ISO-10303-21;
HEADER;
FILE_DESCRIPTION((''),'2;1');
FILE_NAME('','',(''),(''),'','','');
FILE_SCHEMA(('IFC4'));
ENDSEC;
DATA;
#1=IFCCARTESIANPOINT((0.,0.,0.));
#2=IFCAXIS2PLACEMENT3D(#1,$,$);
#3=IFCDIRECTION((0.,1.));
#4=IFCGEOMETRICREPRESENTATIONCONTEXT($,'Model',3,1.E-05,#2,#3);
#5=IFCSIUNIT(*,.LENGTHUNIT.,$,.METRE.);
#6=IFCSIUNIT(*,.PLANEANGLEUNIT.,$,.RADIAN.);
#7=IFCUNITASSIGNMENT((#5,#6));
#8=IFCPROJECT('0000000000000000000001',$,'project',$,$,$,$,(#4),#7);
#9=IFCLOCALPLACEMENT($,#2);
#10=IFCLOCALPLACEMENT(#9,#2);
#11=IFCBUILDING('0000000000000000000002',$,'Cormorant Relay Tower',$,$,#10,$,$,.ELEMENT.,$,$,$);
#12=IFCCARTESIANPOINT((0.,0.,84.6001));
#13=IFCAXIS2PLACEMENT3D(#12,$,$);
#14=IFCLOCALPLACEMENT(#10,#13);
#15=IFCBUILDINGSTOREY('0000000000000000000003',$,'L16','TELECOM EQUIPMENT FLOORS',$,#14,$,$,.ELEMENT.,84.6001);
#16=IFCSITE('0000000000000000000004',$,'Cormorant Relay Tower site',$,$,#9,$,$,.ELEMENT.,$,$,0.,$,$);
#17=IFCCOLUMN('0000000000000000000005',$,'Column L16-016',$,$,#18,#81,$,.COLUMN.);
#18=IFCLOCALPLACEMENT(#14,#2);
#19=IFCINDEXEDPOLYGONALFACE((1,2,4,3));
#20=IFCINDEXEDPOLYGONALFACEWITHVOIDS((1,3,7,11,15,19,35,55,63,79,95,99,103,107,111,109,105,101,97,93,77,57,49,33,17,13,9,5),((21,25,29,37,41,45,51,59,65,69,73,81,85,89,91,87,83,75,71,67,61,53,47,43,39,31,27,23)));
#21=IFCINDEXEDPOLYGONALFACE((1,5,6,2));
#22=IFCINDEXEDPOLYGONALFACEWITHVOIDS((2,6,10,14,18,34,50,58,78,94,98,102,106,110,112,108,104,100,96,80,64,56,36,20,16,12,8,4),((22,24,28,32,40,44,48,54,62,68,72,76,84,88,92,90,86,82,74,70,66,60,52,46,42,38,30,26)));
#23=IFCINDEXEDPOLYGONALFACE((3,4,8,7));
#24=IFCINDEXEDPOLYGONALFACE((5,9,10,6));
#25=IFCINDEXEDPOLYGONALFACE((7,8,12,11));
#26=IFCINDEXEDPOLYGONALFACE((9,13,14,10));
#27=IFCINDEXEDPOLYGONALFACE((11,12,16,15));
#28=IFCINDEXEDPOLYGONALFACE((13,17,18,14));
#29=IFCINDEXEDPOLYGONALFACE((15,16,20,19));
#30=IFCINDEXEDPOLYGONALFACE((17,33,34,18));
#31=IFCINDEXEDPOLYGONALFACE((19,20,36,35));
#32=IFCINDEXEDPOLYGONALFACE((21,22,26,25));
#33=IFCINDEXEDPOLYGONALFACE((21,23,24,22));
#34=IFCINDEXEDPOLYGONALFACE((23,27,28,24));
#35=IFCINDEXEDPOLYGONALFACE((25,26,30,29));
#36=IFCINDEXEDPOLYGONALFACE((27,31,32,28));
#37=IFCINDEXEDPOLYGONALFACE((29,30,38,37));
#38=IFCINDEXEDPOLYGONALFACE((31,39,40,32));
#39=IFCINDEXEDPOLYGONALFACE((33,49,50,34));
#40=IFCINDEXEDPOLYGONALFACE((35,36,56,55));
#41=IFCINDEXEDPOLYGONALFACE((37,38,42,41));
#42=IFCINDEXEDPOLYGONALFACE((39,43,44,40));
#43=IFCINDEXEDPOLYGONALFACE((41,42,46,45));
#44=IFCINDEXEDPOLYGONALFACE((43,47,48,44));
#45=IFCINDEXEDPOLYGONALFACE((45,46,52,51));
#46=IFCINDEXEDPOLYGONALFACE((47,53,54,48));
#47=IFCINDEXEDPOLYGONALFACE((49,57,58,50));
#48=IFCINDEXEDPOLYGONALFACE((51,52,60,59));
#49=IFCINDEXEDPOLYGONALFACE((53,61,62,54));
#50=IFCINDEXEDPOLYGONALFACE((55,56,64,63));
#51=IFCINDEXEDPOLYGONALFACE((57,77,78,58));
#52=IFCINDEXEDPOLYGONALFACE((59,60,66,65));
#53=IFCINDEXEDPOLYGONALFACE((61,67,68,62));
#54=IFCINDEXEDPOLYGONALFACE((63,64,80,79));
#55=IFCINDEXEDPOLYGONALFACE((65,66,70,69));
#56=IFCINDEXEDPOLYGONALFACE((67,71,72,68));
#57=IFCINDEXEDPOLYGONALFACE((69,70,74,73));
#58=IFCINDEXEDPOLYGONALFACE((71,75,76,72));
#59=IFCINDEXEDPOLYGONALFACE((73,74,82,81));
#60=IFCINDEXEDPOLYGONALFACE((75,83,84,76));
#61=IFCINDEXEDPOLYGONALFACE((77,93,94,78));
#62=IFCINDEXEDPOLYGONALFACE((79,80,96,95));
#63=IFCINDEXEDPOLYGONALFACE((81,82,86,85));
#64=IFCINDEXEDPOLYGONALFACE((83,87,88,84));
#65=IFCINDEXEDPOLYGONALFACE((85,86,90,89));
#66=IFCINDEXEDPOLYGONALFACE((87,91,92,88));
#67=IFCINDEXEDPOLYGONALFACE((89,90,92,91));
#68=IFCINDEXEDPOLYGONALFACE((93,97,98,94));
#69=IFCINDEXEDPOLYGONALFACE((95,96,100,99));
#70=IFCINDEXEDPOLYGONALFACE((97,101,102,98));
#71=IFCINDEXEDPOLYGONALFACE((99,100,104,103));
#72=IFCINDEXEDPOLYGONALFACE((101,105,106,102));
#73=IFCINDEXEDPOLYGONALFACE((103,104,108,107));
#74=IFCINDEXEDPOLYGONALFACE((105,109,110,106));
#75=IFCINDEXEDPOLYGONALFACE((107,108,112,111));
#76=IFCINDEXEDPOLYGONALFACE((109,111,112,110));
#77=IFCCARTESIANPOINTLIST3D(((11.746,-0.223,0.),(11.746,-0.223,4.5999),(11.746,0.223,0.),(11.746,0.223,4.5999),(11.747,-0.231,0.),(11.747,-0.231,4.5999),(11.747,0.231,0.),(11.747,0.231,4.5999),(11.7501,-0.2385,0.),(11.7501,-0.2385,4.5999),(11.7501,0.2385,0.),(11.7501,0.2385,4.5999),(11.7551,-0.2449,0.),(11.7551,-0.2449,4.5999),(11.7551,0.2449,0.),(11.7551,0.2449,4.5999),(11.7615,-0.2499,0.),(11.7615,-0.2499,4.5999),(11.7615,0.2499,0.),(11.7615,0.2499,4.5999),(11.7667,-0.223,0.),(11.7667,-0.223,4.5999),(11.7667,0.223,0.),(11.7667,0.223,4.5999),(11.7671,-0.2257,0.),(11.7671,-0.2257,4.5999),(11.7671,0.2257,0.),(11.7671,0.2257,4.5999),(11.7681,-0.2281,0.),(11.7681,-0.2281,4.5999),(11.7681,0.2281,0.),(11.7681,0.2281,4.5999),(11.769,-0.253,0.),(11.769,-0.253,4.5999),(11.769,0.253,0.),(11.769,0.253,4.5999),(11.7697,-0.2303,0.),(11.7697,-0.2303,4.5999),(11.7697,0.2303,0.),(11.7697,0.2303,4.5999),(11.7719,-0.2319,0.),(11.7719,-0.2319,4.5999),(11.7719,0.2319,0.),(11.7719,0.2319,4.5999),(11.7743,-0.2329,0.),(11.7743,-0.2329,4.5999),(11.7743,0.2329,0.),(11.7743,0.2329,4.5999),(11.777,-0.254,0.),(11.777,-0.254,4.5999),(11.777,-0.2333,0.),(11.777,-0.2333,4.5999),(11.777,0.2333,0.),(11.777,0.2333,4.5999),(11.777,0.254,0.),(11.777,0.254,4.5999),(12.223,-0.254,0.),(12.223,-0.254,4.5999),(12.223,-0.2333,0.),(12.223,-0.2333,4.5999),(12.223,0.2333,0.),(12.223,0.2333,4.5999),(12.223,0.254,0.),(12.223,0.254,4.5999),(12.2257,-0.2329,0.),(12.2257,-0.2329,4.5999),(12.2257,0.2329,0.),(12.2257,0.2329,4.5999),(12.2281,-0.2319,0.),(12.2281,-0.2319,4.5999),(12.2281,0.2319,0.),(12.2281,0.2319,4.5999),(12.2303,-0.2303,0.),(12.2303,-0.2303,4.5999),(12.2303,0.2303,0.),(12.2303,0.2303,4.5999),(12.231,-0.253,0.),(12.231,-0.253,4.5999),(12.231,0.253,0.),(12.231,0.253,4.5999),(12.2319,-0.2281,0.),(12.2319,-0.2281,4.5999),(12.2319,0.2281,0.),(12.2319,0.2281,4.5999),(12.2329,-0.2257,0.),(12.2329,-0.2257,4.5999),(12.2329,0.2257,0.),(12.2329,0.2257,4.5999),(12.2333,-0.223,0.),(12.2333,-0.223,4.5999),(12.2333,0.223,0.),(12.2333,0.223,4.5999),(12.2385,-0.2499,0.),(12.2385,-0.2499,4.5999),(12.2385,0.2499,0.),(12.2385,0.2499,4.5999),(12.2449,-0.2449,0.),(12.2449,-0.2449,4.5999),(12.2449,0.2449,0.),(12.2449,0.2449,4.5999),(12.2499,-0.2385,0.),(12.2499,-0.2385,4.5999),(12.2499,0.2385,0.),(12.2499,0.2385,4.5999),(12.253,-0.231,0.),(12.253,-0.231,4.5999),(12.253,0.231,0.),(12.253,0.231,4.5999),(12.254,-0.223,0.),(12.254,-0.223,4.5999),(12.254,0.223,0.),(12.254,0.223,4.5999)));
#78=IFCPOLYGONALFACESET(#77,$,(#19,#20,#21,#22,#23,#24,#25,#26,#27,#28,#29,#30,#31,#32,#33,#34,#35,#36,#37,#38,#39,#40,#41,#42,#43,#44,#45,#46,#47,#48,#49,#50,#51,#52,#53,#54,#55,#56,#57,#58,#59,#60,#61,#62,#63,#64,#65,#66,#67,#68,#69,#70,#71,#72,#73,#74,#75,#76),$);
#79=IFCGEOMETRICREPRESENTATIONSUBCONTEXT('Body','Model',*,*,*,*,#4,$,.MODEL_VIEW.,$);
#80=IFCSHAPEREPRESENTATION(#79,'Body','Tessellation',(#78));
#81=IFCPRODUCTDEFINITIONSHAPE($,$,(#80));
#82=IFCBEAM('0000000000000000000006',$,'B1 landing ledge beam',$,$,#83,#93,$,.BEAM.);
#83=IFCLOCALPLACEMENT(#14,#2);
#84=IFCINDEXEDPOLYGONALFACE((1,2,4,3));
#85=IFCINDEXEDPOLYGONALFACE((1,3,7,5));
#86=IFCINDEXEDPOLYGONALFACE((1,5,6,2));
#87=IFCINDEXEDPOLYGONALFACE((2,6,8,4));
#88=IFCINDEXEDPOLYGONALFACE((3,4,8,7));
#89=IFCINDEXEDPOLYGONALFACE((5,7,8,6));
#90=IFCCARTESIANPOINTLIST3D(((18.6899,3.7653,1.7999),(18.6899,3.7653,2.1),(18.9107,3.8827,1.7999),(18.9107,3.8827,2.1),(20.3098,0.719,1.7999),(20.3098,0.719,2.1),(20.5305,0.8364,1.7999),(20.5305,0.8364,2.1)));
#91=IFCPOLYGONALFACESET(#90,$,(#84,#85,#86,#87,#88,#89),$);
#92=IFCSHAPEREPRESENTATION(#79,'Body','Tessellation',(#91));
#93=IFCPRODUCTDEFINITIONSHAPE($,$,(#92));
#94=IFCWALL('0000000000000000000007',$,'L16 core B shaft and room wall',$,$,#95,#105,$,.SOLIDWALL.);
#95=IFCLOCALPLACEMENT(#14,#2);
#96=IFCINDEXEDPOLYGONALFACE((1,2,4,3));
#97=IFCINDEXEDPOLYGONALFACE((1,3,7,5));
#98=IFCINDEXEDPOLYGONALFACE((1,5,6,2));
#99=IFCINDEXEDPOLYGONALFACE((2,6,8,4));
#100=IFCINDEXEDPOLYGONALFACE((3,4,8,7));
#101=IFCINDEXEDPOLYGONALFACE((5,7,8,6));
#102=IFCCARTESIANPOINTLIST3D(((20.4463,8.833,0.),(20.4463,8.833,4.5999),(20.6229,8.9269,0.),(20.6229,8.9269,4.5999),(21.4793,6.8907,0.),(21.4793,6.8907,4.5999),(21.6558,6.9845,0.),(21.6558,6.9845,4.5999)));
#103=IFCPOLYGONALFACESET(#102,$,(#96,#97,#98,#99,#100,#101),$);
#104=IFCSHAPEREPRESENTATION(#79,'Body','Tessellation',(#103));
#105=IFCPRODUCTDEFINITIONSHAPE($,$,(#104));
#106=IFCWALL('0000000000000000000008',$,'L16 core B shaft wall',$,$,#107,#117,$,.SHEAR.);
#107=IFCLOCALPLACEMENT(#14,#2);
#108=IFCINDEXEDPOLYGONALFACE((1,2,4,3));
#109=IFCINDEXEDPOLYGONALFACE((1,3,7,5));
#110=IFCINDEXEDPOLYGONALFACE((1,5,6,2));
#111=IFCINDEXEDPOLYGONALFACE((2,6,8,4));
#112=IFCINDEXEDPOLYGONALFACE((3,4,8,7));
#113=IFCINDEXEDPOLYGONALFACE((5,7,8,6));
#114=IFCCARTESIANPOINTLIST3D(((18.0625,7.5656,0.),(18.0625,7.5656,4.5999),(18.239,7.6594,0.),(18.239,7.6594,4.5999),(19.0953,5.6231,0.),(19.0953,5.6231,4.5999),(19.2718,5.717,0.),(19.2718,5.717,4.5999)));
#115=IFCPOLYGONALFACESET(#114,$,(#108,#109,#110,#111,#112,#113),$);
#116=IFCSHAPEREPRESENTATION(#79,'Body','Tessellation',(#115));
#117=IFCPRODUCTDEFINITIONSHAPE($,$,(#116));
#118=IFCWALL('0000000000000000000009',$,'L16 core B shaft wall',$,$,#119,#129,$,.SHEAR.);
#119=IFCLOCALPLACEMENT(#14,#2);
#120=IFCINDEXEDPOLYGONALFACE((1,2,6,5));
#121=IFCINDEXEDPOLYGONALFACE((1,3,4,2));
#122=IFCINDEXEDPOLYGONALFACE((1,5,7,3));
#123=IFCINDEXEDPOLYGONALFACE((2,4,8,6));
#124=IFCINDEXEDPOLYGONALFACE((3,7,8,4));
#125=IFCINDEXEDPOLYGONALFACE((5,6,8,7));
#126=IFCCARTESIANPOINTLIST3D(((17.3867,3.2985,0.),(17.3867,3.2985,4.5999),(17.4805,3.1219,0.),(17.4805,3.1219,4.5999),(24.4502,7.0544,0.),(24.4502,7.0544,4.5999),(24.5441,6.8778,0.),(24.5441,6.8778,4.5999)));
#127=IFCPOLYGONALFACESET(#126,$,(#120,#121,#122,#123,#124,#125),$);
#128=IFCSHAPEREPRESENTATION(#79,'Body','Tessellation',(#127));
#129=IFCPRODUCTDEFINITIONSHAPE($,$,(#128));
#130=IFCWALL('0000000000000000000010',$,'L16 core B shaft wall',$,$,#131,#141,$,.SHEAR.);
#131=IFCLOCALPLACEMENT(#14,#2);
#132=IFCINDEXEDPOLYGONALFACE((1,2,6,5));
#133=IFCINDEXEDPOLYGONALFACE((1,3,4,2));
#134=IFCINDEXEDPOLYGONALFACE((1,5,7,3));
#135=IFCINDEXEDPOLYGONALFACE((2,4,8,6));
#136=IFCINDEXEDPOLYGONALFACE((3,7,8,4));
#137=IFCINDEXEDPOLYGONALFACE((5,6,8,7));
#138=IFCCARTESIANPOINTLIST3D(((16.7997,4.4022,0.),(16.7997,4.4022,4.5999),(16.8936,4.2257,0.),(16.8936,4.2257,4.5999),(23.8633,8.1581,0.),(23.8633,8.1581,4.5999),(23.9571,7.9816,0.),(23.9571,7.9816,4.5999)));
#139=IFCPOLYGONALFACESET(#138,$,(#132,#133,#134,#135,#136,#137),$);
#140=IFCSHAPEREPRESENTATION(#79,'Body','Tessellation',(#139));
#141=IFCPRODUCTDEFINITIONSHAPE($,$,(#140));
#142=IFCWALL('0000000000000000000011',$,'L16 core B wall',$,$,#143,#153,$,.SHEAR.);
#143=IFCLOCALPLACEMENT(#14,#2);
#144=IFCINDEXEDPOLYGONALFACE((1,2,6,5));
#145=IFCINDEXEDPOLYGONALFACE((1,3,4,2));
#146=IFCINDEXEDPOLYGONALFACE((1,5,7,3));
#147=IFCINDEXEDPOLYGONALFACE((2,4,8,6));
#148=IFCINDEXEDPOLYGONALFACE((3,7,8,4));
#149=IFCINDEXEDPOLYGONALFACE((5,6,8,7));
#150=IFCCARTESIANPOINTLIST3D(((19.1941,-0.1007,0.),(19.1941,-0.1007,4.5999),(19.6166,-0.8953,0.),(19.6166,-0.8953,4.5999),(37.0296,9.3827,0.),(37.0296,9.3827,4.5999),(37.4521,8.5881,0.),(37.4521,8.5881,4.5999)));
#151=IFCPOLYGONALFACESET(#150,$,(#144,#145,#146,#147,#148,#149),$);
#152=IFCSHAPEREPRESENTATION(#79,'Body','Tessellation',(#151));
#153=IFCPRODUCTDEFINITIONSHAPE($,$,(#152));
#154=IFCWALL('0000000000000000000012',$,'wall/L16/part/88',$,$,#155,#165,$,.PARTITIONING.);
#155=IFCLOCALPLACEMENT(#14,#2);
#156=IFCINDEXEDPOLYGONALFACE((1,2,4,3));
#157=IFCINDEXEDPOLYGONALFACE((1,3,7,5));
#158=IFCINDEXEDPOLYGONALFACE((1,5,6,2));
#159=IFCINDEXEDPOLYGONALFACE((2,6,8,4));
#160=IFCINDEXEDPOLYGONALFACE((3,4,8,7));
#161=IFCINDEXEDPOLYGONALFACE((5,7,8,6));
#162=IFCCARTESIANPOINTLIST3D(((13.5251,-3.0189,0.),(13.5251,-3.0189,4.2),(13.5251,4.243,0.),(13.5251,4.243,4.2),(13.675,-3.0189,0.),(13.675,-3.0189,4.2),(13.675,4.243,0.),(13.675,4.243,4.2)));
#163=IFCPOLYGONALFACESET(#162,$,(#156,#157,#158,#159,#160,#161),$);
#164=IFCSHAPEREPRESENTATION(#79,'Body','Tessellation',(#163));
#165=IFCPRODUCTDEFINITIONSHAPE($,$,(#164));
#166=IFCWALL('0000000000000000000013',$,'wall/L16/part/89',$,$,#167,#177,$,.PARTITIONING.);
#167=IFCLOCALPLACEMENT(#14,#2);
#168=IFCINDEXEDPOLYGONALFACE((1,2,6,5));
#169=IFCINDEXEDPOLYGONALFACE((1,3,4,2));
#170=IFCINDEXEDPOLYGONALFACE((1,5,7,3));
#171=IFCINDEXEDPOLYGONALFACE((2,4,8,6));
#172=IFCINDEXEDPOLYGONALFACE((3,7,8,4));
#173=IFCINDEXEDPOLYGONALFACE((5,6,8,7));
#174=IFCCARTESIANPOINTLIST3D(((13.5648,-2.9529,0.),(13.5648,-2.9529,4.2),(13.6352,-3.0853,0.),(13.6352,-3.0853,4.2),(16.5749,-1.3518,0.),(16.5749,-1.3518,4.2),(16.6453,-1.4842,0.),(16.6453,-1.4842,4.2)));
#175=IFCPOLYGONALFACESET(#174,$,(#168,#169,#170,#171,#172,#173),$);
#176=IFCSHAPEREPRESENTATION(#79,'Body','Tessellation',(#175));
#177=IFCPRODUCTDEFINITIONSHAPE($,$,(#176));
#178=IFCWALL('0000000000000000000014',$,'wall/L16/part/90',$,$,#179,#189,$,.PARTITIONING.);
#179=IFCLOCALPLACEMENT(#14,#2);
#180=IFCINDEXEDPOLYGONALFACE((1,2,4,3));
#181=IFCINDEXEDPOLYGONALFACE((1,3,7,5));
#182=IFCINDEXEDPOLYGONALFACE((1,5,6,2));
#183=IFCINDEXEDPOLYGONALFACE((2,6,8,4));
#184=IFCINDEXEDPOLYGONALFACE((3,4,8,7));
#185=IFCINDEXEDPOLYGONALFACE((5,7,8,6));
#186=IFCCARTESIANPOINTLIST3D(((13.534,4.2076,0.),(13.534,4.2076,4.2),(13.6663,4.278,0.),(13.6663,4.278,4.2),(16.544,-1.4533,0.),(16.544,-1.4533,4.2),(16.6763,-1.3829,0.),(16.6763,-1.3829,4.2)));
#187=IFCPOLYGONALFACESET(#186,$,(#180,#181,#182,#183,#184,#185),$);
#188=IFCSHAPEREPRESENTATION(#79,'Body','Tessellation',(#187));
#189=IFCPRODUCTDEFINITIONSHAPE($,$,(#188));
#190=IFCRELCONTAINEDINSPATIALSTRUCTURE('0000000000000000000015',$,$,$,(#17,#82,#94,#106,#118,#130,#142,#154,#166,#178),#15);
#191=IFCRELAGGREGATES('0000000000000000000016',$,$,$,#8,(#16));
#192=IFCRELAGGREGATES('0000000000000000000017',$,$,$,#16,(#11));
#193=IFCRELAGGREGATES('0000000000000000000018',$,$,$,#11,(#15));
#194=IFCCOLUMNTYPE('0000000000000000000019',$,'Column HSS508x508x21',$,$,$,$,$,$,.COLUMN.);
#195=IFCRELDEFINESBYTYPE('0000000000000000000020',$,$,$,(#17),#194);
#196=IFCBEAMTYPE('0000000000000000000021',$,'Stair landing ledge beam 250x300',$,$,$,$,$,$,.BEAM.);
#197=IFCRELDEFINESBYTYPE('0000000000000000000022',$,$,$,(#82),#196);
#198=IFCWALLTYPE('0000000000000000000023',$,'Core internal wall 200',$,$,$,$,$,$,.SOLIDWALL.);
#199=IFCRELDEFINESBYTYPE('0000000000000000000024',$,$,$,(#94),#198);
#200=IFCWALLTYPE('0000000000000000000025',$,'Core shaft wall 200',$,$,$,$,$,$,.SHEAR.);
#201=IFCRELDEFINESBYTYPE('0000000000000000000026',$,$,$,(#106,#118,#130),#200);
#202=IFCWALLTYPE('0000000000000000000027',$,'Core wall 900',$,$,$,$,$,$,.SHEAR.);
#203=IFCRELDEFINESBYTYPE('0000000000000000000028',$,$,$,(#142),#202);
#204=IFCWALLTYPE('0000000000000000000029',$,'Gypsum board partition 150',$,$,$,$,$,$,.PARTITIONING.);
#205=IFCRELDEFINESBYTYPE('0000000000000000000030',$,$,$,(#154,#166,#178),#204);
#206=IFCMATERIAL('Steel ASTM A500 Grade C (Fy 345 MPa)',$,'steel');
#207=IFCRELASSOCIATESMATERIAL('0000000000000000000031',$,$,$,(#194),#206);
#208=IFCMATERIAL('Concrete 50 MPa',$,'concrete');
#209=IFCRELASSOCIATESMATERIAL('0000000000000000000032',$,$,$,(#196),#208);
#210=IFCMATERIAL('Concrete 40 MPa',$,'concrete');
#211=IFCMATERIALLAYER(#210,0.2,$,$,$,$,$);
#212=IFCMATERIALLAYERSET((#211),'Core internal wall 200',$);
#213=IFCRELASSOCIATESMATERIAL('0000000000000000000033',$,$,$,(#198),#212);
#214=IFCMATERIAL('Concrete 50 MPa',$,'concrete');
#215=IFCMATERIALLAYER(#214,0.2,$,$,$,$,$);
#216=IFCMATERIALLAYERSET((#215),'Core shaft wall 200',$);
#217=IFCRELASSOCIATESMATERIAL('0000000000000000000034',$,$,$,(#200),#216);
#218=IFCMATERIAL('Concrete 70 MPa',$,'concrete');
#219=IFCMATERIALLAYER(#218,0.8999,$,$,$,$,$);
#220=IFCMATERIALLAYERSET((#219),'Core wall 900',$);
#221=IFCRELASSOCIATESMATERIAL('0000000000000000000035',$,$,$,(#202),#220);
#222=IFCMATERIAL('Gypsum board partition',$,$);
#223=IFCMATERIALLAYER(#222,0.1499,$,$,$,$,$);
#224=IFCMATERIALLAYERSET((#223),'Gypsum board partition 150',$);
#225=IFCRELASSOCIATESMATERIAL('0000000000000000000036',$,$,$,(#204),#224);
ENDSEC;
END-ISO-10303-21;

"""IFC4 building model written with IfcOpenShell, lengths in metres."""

from ifc_helpers import new_model, si_unit, direction, frame, frame_2d, origin, origin_2d, place, context, subcontext, project, spatial, rectangle, hollow_rectangle, extrude, material, layer, layer_set, material_profile, profile_set, type_object, element, save


model = new_model("IFC4")

# Units and contexts
model_context = context("Model", 3, precision=1e-05, world=origin(), true_north=direction((0.0, 1.0)))
body_context = subcontext(model_context, "Body", "Model", "MODEL_VIEW")
ifc_project = project(units=[si_unit("LENGTHUNIT", "METRE"), si_unit("PLANEANGLEUNIT", "RADIAN")], contexts=[model_context])

# Site, building, storey
site_placement = place(None, origin())
site = spatial("IfcSite", under=ifc_project, at=site_placement, Name="Cormorant Relay Tower site", CompositionType="ELEMENT", RefElevation=0.0)
building_placement = place(site_placement, origin())
building = spatial("IfcBuilding", under=site, at=building_placement, Name="Cormorant Relay Tower", CompositionType="ELEMENT")
storey_placement = place(building_placement, frame((0.0, 0.0, 84.6001)))
storey = spatial("IfcBuildingStorey", under=building, at=storey_placement, Name="L16", Description="TELECOM EQUIPMENT FLOORS", CompositionType="ELEMENT", Elevation=84.6001)

# Column
ifc_material_1 = material(Name="Steel ASTM A500 Grade C (Fy 345 MPa)", Category="steel")
ifc_material_profile_1 = material_profile(ifc_material_1, hollow_rectangle(XDim=0.5081, YDim=0.5081, WallThickness=0.0208, InnerFilletRadius=0.0103, OuterFilletRadius=0.031, at=origin_2d()), Name="HSS508x508x21")
ifc_profile_set_1 = profile_set([ifc_material_profile_1], Name="Steel ASTM A500 Grade C (Fy 345 MPa)")
column_type = type_object("IfcColumnType", Name="Column HSS508x508x21", PredefinedType="COLUMN", material=ifc_profile_set_1)
column_placement = place(storey_placement, frame((12.0, 0.0, 0.0), z_axis=(0.0, 0.0, 1.0), x_axis=(1.0, 0.0, 0.0)))
element("IfcColumn", 1, at=column_placement, inside=storey, type_object=column_type, Name="Column L16-016", PredefinedType="COLUMN", context=body_context, shape_type="SweptSolid", body=[
    extrude(hollow_rectangle(XDim=0.5081, YDim=0.5081, WallThickness=0.0208, InnerFilletRadius=0.0103, OuterFilletRadius=0.031, at=origin_2d()), origin(), (0.0, 0.0, 1.0), 4.5999),
])

# Beam
ifc_material_2 = material(Name="Concrete 50 MPa", Category="concrete")
ifc_material_profile_2 = material_profile(ifc_material_2, rectangle(XDim=0.25, YDim=0.3, at=origin_2d()), Name="RC 250x300")
ifc_profile_set_2 = profile_set([ifc_material_profile_2], Name="Concrete 50 MPa")
beam_type = type_object("IfcBeamType", Name="Stair landing ledge beam 250x300", PredefinedType="BEAM", material=ifc_profile_set_2)
beam_placement = place(storey_placement, frame((18.8003, 3.824, 1.95), z_axis=(0.46949, -0.882938, 0.0), x_axis=(0.882938, 0.46949, 0.0)))
element("IfcBeam", 2, at=beam_placement, inside=storey, type_object=beam_type, Name="B1 landing ledge beam", PredefinedType="BEAM", context=body_context, shape_type="SweptSolid", body=[
    extrude(rectangle(XDim=0.25, YDim=0.3, at=origin_2d()), origin(), (0.0, 0.0, 1.0), 3.4502),
])

# Walls
ifc_material_3 = material(Name="Concrete 40 MPa", Category="concrete")
ifc_layer_1 = layer(ifc_material_3, 0.2)
ifc_layer_set_1 = layer_set([ifc_layer_1], Name="Core internal wall 200")
wall_type_1 = type_object("IfcWallType", Name="Core internal wall 200", PredefinedType="SOLIDWALL", material=ifc_layer_set_1)
wall_1_placement = place(storey_placement, frame((21.5676, 6.9375, 0.0), z_axis=(0.0, 0.0, 1.0), x_axis=(-0.469534, 0.882914, 0.0)))
element("IfcWall", 3, at=wall_1_placement, inside=storey, type_object=wall_type_1, Name="L16 core B shaft and room wall", PredefinedType="SOLIDWALL", context=body_context, shape_type="SweptSolid", body=[
    extrude(rectangle(XDim=2.2, YDim=0.2, at=frame_2d((1.1001, 0.0))), origin(), (0.0, 0.0, 1.0), 4.5999),
])
ifc_material_4 = material(Name="Concrete 50 MPa", Category="concrete")
ifc_layer_2 = layer(ifc_material_4, 0.2)
ifc_layer_set_2 = layer_set([ifc_layer_2], Name="Core shaft wall 200")
wall_type_2 = type_object("IfcWallType", Name="Core shaft wall 200", PredefinedType="SHEAR", material=ifc_layer_set_2)
wall_2_placement = place(storey_placement, frame((19.1836, 5.6699, 0.0), z_axis=(0.0, 0.0, 1.0), x_axis=(-0.469447, 0.88296, 0.0)))
element("IfcWall", 4, at=wall_2_placement, inside=storey, type_object=wall_type_2, Name="L16 core B shaft wall", PredefinedType="SHEAR", context=body_context, shape_type="SweptSolid", body=[
    extrude(rectangle(XDim=2.2, YDim=0.2, at=frame_2d((1.1001, 0.0))), origin(), (0.0, 0.0, 1.0), 4.5999),
])
for number, where, z_axis, x_axis, name in (
    (5, (17.4336, 3.2102, 0.0), (0.0, 0.0, 1.0), (0.88294, 0.469485, 0.0), "L16 core B shaft wall"),
    (6, (16.8467, 4.314, 0.0), (0.0, 0.0, 1.0), (0.88294, 0.469485, 0.0), "L16 core B shaft wall"),
):
    element("IfcWall", number, at=place(storey_placement, frame(where, z_axis=z_axis, x_axis=x_axis)), inside=storey, type_object=wall_type_2, Name=name, PredefinedType="SHEAR", context=body_context, shape_type="SweptSolid", body=[
        extrude(rectangle(XDim=8.0, YDim=0.2, at=frame_2d((4.0, 0.0))), origin(), (0.0, 0.0, 1.0), 4.5999),
    ])

# Shared definitions
ifc_material_5 = material(Name="Concrete 70 MPa", Category="concrete")
ifc_layer_3 = layer(ifc_material_5, 0.8999)
ifc_layer_set_3 = layer_set([ifc_layer_3], Name="Core wall 900")
wall_type_3 = type_object("IfcWallType", Name="Core wall 900", PredefinedType="SHEAR", material=ifc_layer_set_3)

# Walls
wall_3_placement = place(storey_placement, frame((19.4053, -0.498, 0.0), z_axis=(0.0, 0.0, 1.0), x_axis=(0.882945, 0.469476, 0.0)))
element("IfcWall", 7, at=wall_3_placement, inside=storey, type_object=wall_type_3, Name="L16 core B wall", PredefinedType="SHEAR", context=body_context, shape_type="SweptSolid", body=[
    extrude(rectangle(XDim=20.2, YDim=0.8999, at=frame_2d((10.1001, 0.0))), origin(), (0.0, 0.0, 1.0), 4.5999),
])
ifc_material_6 = material(Name="Gypsum board partition")
ifc_layer_4 = layer(ifc_material_6, 0.1499)
ifc_layer_set_4 = layer_set([ifc_layer_4], Name="Gypsum board partition 150")
wall_type_4 = type_object("IfcWallType", Name="Gypsum board partition 150", PredefinedType="PARTITIONING", material=ifc_layer_set_4)
wall_4_placement = place(storey_placement, frame((13.6001, 4.2429, 0.0), z_axis=(0.0, 0.0, 1.0), x_axis=(0.0, -1.0, 0.0)))
element("IfcWall", 8, at=wall_4_placement, inside=storey, type_object=wall_type_4, Name="wall/L16/part/88", PredefinedType="PARTITIONING", context=body_context, shape_type="SweptSolid", body=[
    extrude(rectangle(XDim=7.262, YDim=0.1499, at=frame_2d((3.6309, 0.0))), origin(), (0.0, 0.0, 1.0), 4.2),
])
wall_5_placement = place(storey_placement, frame((13.6001, -3.019, 0.0), z_axis=(0.0, 0.0, 1.0), x_axis=(0.882872, 0.469614, 0.0)))
element("IfcWall", 9, at=wall_5_placement, inside=storey, type_object=wall_type_4, Name="wall/L16/part/89", PredefinedType="PARTITIONING", context=body_context, shape_type="SweptSolid", body=[
    extrude(rectangle(XDim=3.4094, YDim=0.1499, at=frame_2d((1.7046, 0.0))), origin(), (0.0, 0.0, 1.0), 4.2),
])
wall_6_placement = place(storey_placement, frame((16.6101, -1.418, 0.0), z_axis=(0.0, 0.0, 1.0), x_axis=(-0.469479, 0.882944, 0.0)))
element("IfcWall", 10, at=wall_6_placement, inside=storey, type_object=wall_type_4, Name="wall/L16/part/90", PredefinedType="PARTITIONING", context=body_context, shape_type="SweptSolid", body=[
    extrude(rectangle(XDim=6.4114, YDim=0.1499, at=frame_2d((3.2056, 0.0))), origin(), (0.0, 0.0, 1.0), 4.2),
])

save(model, "model.ifc")
